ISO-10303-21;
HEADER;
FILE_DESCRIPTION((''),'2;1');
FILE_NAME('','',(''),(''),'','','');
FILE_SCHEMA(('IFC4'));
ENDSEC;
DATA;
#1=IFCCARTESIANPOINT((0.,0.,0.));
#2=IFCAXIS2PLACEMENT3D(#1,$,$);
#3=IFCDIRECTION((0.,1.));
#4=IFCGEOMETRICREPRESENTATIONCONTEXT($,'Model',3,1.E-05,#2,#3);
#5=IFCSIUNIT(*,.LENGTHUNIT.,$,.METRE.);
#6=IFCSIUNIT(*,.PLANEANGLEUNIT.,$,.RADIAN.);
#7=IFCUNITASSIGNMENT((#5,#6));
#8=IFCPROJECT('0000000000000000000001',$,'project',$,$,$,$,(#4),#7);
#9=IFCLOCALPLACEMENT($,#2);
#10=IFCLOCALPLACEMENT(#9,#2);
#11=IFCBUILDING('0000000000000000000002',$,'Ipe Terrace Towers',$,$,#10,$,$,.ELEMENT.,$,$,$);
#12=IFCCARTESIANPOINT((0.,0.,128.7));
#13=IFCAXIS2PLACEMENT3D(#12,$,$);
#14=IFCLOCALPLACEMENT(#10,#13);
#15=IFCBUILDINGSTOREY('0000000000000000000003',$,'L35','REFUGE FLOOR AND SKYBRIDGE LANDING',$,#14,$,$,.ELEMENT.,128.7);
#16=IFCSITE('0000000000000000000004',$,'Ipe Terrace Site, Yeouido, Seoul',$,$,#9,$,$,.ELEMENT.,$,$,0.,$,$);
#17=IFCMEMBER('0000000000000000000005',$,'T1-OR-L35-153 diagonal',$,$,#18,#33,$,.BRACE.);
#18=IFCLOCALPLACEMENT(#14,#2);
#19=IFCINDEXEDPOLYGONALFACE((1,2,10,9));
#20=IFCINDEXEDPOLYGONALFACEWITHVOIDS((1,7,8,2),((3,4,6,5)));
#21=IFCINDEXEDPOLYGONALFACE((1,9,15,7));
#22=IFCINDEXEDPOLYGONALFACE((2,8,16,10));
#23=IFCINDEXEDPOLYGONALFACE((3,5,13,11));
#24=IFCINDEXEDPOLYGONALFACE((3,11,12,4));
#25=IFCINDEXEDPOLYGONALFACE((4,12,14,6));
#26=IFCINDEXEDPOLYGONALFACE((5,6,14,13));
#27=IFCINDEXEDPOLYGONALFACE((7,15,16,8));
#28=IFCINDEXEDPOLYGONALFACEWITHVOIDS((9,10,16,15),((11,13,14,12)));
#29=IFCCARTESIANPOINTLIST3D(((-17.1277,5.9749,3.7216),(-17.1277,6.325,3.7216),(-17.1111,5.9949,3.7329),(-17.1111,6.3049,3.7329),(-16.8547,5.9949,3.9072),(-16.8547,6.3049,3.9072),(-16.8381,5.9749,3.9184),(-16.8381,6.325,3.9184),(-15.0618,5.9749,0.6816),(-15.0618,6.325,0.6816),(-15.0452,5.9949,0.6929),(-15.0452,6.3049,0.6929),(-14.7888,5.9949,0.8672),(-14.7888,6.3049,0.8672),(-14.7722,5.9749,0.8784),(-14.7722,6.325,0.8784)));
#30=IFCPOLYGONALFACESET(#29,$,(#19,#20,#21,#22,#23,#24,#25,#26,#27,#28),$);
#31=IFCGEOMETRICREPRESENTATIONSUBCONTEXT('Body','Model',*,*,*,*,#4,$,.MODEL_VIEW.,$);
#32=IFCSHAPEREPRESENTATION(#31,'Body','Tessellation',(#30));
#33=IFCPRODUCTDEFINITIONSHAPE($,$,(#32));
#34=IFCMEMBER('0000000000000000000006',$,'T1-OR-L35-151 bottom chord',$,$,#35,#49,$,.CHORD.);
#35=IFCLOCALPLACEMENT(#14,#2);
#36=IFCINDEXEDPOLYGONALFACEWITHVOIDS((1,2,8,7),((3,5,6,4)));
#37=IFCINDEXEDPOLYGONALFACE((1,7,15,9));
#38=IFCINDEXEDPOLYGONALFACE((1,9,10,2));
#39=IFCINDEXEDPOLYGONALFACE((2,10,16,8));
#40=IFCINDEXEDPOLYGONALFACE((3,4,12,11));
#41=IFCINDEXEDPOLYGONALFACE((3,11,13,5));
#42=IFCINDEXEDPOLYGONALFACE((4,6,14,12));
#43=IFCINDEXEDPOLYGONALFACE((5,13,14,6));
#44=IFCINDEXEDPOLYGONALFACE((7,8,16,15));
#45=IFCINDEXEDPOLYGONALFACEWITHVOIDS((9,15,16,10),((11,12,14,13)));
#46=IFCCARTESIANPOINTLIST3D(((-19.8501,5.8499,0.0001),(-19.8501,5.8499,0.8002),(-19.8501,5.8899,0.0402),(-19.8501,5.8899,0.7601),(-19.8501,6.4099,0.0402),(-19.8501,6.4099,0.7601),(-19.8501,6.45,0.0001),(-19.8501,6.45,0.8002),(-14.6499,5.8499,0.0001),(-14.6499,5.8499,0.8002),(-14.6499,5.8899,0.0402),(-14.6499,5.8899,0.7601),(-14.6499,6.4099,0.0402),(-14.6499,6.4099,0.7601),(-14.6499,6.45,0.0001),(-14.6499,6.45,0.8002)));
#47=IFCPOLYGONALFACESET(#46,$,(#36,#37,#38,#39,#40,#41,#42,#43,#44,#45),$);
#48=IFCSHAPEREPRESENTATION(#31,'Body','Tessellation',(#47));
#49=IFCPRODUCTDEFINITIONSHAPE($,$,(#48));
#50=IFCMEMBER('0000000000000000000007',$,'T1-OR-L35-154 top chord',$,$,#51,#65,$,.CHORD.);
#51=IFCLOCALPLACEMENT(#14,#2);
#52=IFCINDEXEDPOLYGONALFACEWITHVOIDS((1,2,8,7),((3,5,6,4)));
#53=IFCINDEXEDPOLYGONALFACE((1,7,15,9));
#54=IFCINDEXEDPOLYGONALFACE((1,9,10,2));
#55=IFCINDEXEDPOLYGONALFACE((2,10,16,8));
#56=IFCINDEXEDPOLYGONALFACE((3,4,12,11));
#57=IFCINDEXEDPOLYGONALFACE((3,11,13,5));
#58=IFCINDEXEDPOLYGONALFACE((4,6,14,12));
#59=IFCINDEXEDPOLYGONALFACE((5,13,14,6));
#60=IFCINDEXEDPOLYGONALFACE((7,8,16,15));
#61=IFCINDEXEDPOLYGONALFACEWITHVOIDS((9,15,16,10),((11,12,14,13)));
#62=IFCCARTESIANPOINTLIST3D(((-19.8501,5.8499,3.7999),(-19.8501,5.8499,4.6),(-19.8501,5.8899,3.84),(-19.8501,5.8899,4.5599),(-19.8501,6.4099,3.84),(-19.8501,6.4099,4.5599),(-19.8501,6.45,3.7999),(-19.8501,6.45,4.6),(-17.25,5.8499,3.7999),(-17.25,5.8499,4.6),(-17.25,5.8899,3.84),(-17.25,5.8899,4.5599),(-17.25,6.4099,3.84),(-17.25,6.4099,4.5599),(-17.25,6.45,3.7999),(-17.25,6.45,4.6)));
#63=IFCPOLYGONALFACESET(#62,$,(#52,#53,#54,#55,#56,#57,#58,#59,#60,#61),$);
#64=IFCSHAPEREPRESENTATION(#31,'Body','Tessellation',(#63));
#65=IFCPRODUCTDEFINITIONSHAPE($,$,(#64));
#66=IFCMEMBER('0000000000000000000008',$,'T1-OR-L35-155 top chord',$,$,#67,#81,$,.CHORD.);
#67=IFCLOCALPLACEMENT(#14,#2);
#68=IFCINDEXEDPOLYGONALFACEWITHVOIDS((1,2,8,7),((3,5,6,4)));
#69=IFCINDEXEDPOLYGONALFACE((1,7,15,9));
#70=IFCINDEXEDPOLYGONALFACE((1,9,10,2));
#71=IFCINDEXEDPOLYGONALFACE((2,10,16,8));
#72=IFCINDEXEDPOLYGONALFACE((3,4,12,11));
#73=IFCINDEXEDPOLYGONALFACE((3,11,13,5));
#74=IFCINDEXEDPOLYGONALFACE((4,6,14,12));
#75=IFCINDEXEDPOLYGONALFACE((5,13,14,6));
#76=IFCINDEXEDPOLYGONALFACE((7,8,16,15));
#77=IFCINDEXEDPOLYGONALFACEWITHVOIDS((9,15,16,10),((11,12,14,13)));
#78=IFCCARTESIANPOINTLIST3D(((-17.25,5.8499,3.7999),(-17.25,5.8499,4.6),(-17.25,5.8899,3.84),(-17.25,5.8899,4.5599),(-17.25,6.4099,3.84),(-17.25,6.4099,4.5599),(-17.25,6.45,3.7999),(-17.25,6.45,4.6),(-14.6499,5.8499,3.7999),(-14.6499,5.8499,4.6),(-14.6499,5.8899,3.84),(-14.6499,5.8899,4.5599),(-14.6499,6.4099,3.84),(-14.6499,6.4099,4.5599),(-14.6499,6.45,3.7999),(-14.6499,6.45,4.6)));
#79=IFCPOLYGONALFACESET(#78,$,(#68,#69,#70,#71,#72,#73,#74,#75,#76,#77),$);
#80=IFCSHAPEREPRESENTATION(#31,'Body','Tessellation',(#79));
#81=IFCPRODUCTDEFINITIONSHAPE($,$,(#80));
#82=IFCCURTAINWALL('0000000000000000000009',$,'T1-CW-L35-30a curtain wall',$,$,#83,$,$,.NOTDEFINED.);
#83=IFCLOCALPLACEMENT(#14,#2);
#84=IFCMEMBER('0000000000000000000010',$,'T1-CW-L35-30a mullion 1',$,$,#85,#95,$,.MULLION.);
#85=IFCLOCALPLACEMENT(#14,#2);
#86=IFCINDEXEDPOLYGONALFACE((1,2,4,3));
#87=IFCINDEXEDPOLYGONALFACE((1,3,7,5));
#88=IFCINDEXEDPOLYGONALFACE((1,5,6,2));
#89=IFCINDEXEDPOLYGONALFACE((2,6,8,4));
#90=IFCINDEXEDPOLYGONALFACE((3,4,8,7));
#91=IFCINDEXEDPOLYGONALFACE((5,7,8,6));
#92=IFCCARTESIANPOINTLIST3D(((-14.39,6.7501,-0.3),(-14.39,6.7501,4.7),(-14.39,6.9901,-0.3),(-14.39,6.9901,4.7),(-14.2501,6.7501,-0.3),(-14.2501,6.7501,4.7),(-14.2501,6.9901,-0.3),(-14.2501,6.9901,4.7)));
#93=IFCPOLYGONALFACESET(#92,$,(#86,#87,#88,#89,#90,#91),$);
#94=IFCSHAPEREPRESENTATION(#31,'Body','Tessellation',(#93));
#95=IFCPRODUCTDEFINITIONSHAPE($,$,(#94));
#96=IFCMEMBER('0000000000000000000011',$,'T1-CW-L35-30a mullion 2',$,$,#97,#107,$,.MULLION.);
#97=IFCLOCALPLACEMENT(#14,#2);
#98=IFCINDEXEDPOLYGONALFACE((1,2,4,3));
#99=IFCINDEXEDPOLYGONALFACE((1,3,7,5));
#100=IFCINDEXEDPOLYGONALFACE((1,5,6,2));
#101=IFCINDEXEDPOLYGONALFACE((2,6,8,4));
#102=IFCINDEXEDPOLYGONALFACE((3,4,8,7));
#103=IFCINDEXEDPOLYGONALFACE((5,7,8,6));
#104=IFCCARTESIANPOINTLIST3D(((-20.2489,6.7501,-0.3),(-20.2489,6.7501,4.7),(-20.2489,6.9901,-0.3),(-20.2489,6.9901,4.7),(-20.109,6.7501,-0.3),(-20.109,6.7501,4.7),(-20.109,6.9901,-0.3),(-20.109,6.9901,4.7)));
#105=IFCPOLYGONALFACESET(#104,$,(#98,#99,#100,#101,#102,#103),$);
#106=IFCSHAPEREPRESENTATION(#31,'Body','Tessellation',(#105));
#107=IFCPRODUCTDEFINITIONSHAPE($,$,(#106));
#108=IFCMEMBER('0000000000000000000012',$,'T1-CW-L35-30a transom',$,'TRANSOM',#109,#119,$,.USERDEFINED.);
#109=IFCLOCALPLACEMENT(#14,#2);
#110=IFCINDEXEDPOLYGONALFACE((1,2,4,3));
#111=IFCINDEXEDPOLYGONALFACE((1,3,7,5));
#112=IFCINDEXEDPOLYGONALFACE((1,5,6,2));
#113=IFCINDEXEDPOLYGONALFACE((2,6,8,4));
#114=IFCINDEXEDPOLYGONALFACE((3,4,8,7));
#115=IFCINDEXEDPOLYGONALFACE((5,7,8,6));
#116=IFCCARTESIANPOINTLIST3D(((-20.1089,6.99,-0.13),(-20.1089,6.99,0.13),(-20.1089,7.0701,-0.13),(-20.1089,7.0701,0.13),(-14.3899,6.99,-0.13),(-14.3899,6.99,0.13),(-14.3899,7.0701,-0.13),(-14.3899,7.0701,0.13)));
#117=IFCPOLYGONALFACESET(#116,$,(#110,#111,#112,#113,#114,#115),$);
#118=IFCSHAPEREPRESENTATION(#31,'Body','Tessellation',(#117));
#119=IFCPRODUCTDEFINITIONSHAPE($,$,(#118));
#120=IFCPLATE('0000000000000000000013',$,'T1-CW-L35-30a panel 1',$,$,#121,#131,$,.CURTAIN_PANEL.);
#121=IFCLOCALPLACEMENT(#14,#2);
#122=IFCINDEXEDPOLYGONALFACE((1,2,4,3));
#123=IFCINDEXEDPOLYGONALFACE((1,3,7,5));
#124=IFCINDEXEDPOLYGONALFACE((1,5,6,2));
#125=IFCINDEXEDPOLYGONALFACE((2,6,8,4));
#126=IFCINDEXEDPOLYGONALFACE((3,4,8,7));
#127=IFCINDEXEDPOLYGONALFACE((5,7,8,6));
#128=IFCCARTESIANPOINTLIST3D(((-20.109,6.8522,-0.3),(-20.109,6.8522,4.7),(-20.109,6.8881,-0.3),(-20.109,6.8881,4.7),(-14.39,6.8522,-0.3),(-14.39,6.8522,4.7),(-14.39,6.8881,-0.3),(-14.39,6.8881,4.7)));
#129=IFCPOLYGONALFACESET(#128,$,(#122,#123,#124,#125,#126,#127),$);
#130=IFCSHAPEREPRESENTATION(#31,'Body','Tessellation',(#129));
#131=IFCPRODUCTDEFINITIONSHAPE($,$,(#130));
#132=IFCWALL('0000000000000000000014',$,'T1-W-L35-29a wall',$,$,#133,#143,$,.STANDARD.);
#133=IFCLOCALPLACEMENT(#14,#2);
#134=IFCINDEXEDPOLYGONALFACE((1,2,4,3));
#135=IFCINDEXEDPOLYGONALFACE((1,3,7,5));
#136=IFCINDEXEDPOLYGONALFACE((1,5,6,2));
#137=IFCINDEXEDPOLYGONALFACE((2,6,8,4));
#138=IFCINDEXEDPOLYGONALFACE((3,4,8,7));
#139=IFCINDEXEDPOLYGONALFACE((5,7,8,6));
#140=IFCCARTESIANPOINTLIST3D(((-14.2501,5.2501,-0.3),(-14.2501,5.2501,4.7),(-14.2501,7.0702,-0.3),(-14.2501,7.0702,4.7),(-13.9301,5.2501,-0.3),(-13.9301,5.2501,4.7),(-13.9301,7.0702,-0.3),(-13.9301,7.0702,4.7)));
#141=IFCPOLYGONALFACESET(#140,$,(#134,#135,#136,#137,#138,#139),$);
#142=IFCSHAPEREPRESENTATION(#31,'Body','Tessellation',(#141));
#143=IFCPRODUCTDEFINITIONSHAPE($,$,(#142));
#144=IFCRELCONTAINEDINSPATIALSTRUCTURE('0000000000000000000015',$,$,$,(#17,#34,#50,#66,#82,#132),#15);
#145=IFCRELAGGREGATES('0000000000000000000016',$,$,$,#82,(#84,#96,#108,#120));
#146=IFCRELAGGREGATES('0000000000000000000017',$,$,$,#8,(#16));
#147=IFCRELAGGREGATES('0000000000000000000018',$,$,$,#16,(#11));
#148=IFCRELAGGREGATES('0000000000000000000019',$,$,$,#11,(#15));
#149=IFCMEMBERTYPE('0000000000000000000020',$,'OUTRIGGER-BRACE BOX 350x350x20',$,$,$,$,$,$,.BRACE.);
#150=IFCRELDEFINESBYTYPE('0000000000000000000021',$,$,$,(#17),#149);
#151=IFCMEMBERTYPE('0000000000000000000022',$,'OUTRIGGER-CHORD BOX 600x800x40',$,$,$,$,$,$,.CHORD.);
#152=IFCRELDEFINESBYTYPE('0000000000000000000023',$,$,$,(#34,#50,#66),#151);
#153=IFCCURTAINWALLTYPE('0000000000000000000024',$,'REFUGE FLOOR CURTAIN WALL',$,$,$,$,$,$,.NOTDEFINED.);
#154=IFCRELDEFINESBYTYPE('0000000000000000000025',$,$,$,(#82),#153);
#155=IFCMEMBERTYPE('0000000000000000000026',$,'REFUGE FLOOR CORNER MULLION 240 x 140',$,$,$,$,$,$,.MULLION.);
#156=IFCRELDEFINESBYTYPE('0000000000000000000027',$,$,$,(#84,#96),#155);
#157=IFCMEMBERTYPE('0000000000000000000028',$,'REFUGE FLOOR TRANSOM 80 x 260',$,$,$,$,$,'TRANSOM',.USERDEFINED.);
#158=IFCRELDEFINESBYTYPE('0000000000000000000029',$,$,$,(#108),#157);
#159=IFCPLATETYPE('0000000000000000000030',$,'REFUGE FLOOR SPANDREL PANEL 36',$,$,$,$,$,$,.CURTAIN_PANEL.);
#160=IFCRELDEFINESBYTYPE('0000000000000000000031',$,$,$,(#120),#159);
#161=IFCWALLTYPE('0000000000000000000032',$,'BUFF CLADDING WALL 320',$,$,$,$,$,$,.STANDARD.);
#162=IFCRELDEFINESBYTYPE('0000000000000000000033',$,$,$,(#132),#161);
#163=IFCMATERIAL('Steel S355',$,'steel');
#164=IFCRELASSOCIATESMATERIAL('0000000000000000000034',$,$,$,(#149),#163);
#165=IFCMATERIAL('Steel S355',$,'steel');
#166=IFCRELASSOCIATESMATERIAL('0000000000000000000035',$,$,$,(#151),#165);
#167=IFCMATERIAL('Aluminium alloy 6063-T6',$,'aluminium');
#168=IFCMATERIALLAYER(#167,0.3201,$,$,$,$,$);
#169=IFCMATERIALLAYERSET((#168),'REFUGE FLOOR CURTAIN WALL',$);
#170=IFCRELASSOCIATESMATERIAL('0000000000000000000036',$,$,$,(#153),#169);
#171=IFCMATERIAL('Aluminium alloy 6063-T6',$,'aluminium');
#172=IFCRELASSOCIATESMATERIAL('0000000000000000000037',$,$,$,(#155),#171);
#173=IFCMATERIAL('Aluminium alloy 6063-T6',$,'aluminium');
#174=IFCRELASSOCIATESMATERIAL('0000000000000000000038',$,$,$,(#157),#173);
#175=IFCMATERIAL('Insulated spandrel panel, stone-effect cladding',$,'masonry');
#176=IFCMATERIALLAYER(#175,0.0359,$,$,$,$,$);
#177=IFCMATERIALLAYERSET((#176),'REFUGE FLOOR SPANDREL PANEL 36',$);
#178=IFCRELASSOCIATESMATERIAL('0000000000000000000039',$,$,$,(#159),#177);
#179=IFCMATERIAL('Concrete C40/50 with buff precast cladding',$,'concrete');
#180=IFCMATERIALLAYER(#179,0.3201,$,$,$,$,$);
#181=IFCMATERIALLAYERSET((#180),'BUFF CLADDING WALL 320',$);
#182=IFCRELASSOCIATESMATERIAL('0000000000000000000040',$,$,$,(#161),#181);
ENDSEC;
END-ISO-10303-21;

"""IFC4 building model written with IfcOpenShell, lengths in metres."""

from ifc_helpers import new_model, si_unit, direction, frame, frame_2d, origin, origin_2d, place, context, subcontext, project, spatial, rectangle, hollow_rectangle, extrude, material, layer, layer_set, material_profile, profile_set, type_object, element, aggregate, save


model = new_model("IFC4")

# Units and contexts
model_context = context("Model", 3, precision=1e-05, world=origin(), true_north=direction((0.0, 1.0)))
body_context = subcontext(model_context, "Body", "Model", "MODEL_VIEW")
ifc_project = project(units=[si_unit("LENGTHUNIT", "METRE"), si_unit("PLANEANGLEUNIT", "RADIAN")], contexts=[model_context])

# Site, building, storey
site_placement = place(None, origin())
site = spatial("IfcSite", under=ifc_project, at=site_placement, Name="Ipe Terrace Site, Yeouido, Seoul", CompositionType="ELEMENT", RefElevation=0.0)
building_placement = place(site_placement, origin())
building = spatial("IfcBuilding", under=site, at=building_placement, Name="Ipe Terrace Towers", CompositionType="ELEMENT")
storey_placement = place(building_placement, frame((0.0, 0.0, 128.7)))
storey = spatial("IfcBuildingStorey", under=building, at=storey_placement, Name="L35", Description="REFUGE FLOOR AND SKYBRIDGE LANDING", CompositionType="ELEMENT", Elevation=128.7)

# Members
ifc_material_1 = material(Name="Steel S355", Category="steel")
ifc_material_profile_1 = material_profile(ifc_material_1, hollow_rectangle(XDim=0.3501, YDim=0.3501, WallThickness=0.02, at=origin_2d()), Name="OUTRIGGER-BRACE BOX 350x350x20")
ifc_profile_set_1 = profile_set([ifc_material_profile_1], Name="Steel S355")
member_type_1 = type_object("IfcMemberType", Name="OUTRIGGER-BRACE BOX 350x350x20", PredefinedType="BRACE", material=ifc_profile_set_1)
for number, where, z_axis, x_axis, name in (
    (1, (-14.917, 6.1499, 0.78), (-0.562067, 0.0, 0.827092), (0.0, -1.0, 0.0), "T1-OR-L35-153 diagonal"),
):
    element("IfcMember", number, at=place(storey_placement, frame(where, z_axis=z_axis, x_axis=x_axis)), inside=storey, type_object=member_type_1, Name=name, PredefinedType="BRACE", context=body_context, shape_type="SweptSolid", body=[
        extrude(hollow_rectangle(XDim=0.3501, YDim=0.3501, WallThickness=0.02, at=origin_2d()), origin(), (0.0, 0.0, 1.0), 3.6755),
    ])
ifc_material_2 = material(Name="Steel S355", Category="steel")
ifc_material_profile_2 = material_profile(ifc_material_2, hollow_rectangle(XDim=0.6001, YDim=0.8, WallThickness=0.04, at=origin_2d()), Name="OUTRIGGER-CHORD BOX 600x800x40")
ifc_profile_set_2 = profile_set([ifc_material_profile_2], Name="Steel S355")
member_type_2 = type_object("IfcMemberType", Name="OUTRIGGER-CHORD BOX 600x800x40", PredefinedType="CHORD", material=ifc_profile_set_2)
member_1_placement = place(storey_placement, frame((-19.8501, 6.1499, 0.4001), z_axis=(1.0, 0.0, 0.0), x_axis=(0.0, 1.0, 0.0)))
element("IfcMember", 2, at=member_1_placement, inside=storey, type_object=member_type_2, Name="T1-OR-L35-151 bottom chord", PredefinedType="CHORD", context=body_context, shape_type="SweptSolid", body=[
    extrude(hollow_rectangle(XDim=0.6001, YDim=0.8, WallThickness=0.04, at=origin_2d()), origin(), (0.0, 0.0, 1.0), 5.2002),
])
for number, where, z_axis, x_axis, name in (
    (3, (-19.8501, 6.1499, 4.2), (1.0, 0.0, 0.0), (0.0, 1.0, 0.0), "T1-OR-L35-154 top chord"),
    (4, (-17.25, 6.1499, 4.2), (1.0, 0.0, 0.0), (0.0, 1.0, 0.0), "T1-OR-L35-155 top chord"),
):
    element("IfcMember", number, at=place(storey_placement, frame(where, z_axis=z_axis, x_axis=x_axis)), inside=storey, type_object=member_type_2, Name=name, PredefinedType="CHORD", context=body_context, shape_type="SweptSolid", body=[
        extrude(hollow_rectangle(XDim=0.6001, YDim=0.8, WallThickness=0.04, at=origin_2d()), origin(), (0.0, 0.0, 1.0), 2.6001),
    ])

# Curtain wall, members, plate
ifc_material_3 = material(Name="Aluminium alloy 6063-T6", Category="aluminium")
ifc_layer_1 = layer(ifc_material_3, 0.3201)
ifc_layer_set_1 = layer_set([ifc_layer_1], Name="REFUGE FLOOR CURTAIN WALL")
curtain_wall_type = type_object("IfcCurtainWallType", Name="REFUGE FLOOR CURTAIN WALL", PredefinedType="NOTDEFINED", material=ifc_layer_set_1)
curtain_wall_placement = place(storey_placement, origin())
curtain_wall = element("IfcCurtainWall", 5, at=curtain_wall_placement, inside=storey, type_object=curtain_wall_type, Name="T1-CW-L35-30a curtain wall", PredefinedType="NOTDEFINED")
ifc_material_4 = material(Name="Aluminium alloy 6063-T6", Category="aluminium")
ifc_material_profile_3 = material_profile(ifc_material_4, rectangle(XDim=0.24, YDim=0.1399, at=origin_2d()), Name="REFUGE FLOOR CORNER MULLION 240 x 140")
ifc_profile_set_3 = profile_set([ifc_material_profile_3], Name="Aluminium alloy 6063-T6")
member_type_3 = type_object("IfcMemberType", Name="REFUGE FLOOR CORNER MULLION 240 x 140", PredefinedType="MULLION", material=ifc_profile_set_3)
member_2_placement = place(storey_placement, frame((-14.3201, 6.8701, -0.3), z_axis=(0.0, 0.0, 1.0), x_axis=(0.0, 1.0, 0.0)))
member_2 = element("IfcMember", 6, at=member_2_placement, type_object=member_type_3, Name="T1-CW-L35-30a mullion 1", PredefinedType="MULLION", context=body_context, shape_type="SweptSolid", body=[
    extrude(rectangle(XDim=0.24, YDim=0.1399, at=origin_2d()), origin(), (0.0, 0.0, 1.0), 5.0),
])
member_3_placement = place(storey_placement, frame((-20.179, 6.8701, -0.3), z_axis=(0.0, 0.0, 1.0), x_axis=(0.0, 1.0, 0.0)))
member_3 = element("IfcMember", 7, at=member_3_placement, type_object=member_type_3, Name="T1-CW-L35-30a mullion 2", PredefinedType="MULLION", context=body_context, shape_type="SweptSolid", body=[
    extrude(rectangle(XDim=0.24, YDim=0.1399, at=origin_2d()), origin(), (0.0, 0.0, 1.0), 5.0),
])
ifc_material_5 = material(Name="Aluminium alloy 6063-T6", Category="aluminium")
ifc_material_profile_4 = material_profile(ifc_material_5, rectangle(XDim=0.0801, YDim=0.26, at=origin_2d()), Name="REFUGE FLOOR TRANSOM 80 x 260")
ifc_profile_set_4 = profile_set([ifc_material_profile_4], Name="Aluminium alloy 6063-T6")
member_type_4 = type_object("IfcMemberType", Name="REFUGE FLOOR TRANSOM 80 x 260", ElementType="TRANSOM", PredefinedType="USERDEFINED", material=ifc_profile_set_4)
member_4_placement = place(storey_placement, frame((-14.3899, 7.03, 0.0), z_axis=(-1.0, 0.0, 0.0), x_axis=(0.0, 1.0, 0.0)))
member_4 = element("IfcMember", 8, at=member_4_placement, type_object=member_type_4, Name="T1-CW-L35-30a transom", ObjectType="TRANSOM", PredefinedType="USERDEFINED", context=body_context, shape_type="SweptSolid", body=[
    extrude(rectangle(XDim=0.0801, YDim=0.26, at=origin_2d()), origin(), (0.0, 0.0, 1.0), 5.719),
])
ifc_material_6 = material(Name="Insulated spandrel panel, stone-effect cladding", Category="masonry")
ifc_layer_2 = layer(ifc_material_6, 0.0359)
ifc_layer_set_2 = layer_set([ifc_layer_2], Name="REFUGE FLOOR SPANDREL PANEL 36")
plate_type = type_object("IfcPlateType", Name="REFUGE FLOOR SPANDREL PANEL 36", PredefinedType="CURTAIN_PANEL", material=ifc_layer_set_2)
plate_placement = place(storey_placement, frame((-17.2495, 6.8701, -0.3), z_axis=(0.0, 0.0, 1.0), x_axis=(-1.0, 0.0, 0.0)))
plate = element("IfcPlate", 9, at=plate_placement, type_object=plate_type, Name="T1-CW-L35-30a panel 1", PredefinedType="CURTAIN_PANEL", context=body_context, shape_type="SweptSolid", body=[
    extrude(rectangle(XDim=5.719, YDim=0.0359, at=origin_2d()), origin(), (0.0, 0.0, 1.0), 5.0),
])
aggregate(curtain_wall, [member_2, member_3, member_4, plate])

# Wall
ifc_material_7 = material(Name="Concrete C40/50 with buff precast cladding", Category="concrete")
ifc_layer_3 = layer(ifc_material_7, 0.3201)
ifc_layer_set_3 = layer_set([ifc_layer_3], Name="BUFF CLADDING WALL 320")
wall_type_1 = type_object("IfcWallType", Name="BUFF CLADDING WALL 320", PredefinedType="STANDARD", material=ifc_layer_set_3)
wall_1_placement = place(storey_placement, frame((-14.0901, 5.25, -0.3), z_axis=(0.0, 0.0, 1.0), x_axis=(0.0, 1.0, 0.0)))
element("IfcWall", 10, at=wall_1_placement, inside=storey, type_object=wall_type_1, Name="T1-W-L35-29a wall", PredefinedType="STANDARD", context=body_context, shape_type="SweptSolid", body=[
    extrude(rectangle(XDim=1.8201, YDim=0.3201, at=frame_2d((0.9102, 0.0))), origin(), (0.0, 0.0, 1.0), 5.0),
])

save(model, "model.ifc")
